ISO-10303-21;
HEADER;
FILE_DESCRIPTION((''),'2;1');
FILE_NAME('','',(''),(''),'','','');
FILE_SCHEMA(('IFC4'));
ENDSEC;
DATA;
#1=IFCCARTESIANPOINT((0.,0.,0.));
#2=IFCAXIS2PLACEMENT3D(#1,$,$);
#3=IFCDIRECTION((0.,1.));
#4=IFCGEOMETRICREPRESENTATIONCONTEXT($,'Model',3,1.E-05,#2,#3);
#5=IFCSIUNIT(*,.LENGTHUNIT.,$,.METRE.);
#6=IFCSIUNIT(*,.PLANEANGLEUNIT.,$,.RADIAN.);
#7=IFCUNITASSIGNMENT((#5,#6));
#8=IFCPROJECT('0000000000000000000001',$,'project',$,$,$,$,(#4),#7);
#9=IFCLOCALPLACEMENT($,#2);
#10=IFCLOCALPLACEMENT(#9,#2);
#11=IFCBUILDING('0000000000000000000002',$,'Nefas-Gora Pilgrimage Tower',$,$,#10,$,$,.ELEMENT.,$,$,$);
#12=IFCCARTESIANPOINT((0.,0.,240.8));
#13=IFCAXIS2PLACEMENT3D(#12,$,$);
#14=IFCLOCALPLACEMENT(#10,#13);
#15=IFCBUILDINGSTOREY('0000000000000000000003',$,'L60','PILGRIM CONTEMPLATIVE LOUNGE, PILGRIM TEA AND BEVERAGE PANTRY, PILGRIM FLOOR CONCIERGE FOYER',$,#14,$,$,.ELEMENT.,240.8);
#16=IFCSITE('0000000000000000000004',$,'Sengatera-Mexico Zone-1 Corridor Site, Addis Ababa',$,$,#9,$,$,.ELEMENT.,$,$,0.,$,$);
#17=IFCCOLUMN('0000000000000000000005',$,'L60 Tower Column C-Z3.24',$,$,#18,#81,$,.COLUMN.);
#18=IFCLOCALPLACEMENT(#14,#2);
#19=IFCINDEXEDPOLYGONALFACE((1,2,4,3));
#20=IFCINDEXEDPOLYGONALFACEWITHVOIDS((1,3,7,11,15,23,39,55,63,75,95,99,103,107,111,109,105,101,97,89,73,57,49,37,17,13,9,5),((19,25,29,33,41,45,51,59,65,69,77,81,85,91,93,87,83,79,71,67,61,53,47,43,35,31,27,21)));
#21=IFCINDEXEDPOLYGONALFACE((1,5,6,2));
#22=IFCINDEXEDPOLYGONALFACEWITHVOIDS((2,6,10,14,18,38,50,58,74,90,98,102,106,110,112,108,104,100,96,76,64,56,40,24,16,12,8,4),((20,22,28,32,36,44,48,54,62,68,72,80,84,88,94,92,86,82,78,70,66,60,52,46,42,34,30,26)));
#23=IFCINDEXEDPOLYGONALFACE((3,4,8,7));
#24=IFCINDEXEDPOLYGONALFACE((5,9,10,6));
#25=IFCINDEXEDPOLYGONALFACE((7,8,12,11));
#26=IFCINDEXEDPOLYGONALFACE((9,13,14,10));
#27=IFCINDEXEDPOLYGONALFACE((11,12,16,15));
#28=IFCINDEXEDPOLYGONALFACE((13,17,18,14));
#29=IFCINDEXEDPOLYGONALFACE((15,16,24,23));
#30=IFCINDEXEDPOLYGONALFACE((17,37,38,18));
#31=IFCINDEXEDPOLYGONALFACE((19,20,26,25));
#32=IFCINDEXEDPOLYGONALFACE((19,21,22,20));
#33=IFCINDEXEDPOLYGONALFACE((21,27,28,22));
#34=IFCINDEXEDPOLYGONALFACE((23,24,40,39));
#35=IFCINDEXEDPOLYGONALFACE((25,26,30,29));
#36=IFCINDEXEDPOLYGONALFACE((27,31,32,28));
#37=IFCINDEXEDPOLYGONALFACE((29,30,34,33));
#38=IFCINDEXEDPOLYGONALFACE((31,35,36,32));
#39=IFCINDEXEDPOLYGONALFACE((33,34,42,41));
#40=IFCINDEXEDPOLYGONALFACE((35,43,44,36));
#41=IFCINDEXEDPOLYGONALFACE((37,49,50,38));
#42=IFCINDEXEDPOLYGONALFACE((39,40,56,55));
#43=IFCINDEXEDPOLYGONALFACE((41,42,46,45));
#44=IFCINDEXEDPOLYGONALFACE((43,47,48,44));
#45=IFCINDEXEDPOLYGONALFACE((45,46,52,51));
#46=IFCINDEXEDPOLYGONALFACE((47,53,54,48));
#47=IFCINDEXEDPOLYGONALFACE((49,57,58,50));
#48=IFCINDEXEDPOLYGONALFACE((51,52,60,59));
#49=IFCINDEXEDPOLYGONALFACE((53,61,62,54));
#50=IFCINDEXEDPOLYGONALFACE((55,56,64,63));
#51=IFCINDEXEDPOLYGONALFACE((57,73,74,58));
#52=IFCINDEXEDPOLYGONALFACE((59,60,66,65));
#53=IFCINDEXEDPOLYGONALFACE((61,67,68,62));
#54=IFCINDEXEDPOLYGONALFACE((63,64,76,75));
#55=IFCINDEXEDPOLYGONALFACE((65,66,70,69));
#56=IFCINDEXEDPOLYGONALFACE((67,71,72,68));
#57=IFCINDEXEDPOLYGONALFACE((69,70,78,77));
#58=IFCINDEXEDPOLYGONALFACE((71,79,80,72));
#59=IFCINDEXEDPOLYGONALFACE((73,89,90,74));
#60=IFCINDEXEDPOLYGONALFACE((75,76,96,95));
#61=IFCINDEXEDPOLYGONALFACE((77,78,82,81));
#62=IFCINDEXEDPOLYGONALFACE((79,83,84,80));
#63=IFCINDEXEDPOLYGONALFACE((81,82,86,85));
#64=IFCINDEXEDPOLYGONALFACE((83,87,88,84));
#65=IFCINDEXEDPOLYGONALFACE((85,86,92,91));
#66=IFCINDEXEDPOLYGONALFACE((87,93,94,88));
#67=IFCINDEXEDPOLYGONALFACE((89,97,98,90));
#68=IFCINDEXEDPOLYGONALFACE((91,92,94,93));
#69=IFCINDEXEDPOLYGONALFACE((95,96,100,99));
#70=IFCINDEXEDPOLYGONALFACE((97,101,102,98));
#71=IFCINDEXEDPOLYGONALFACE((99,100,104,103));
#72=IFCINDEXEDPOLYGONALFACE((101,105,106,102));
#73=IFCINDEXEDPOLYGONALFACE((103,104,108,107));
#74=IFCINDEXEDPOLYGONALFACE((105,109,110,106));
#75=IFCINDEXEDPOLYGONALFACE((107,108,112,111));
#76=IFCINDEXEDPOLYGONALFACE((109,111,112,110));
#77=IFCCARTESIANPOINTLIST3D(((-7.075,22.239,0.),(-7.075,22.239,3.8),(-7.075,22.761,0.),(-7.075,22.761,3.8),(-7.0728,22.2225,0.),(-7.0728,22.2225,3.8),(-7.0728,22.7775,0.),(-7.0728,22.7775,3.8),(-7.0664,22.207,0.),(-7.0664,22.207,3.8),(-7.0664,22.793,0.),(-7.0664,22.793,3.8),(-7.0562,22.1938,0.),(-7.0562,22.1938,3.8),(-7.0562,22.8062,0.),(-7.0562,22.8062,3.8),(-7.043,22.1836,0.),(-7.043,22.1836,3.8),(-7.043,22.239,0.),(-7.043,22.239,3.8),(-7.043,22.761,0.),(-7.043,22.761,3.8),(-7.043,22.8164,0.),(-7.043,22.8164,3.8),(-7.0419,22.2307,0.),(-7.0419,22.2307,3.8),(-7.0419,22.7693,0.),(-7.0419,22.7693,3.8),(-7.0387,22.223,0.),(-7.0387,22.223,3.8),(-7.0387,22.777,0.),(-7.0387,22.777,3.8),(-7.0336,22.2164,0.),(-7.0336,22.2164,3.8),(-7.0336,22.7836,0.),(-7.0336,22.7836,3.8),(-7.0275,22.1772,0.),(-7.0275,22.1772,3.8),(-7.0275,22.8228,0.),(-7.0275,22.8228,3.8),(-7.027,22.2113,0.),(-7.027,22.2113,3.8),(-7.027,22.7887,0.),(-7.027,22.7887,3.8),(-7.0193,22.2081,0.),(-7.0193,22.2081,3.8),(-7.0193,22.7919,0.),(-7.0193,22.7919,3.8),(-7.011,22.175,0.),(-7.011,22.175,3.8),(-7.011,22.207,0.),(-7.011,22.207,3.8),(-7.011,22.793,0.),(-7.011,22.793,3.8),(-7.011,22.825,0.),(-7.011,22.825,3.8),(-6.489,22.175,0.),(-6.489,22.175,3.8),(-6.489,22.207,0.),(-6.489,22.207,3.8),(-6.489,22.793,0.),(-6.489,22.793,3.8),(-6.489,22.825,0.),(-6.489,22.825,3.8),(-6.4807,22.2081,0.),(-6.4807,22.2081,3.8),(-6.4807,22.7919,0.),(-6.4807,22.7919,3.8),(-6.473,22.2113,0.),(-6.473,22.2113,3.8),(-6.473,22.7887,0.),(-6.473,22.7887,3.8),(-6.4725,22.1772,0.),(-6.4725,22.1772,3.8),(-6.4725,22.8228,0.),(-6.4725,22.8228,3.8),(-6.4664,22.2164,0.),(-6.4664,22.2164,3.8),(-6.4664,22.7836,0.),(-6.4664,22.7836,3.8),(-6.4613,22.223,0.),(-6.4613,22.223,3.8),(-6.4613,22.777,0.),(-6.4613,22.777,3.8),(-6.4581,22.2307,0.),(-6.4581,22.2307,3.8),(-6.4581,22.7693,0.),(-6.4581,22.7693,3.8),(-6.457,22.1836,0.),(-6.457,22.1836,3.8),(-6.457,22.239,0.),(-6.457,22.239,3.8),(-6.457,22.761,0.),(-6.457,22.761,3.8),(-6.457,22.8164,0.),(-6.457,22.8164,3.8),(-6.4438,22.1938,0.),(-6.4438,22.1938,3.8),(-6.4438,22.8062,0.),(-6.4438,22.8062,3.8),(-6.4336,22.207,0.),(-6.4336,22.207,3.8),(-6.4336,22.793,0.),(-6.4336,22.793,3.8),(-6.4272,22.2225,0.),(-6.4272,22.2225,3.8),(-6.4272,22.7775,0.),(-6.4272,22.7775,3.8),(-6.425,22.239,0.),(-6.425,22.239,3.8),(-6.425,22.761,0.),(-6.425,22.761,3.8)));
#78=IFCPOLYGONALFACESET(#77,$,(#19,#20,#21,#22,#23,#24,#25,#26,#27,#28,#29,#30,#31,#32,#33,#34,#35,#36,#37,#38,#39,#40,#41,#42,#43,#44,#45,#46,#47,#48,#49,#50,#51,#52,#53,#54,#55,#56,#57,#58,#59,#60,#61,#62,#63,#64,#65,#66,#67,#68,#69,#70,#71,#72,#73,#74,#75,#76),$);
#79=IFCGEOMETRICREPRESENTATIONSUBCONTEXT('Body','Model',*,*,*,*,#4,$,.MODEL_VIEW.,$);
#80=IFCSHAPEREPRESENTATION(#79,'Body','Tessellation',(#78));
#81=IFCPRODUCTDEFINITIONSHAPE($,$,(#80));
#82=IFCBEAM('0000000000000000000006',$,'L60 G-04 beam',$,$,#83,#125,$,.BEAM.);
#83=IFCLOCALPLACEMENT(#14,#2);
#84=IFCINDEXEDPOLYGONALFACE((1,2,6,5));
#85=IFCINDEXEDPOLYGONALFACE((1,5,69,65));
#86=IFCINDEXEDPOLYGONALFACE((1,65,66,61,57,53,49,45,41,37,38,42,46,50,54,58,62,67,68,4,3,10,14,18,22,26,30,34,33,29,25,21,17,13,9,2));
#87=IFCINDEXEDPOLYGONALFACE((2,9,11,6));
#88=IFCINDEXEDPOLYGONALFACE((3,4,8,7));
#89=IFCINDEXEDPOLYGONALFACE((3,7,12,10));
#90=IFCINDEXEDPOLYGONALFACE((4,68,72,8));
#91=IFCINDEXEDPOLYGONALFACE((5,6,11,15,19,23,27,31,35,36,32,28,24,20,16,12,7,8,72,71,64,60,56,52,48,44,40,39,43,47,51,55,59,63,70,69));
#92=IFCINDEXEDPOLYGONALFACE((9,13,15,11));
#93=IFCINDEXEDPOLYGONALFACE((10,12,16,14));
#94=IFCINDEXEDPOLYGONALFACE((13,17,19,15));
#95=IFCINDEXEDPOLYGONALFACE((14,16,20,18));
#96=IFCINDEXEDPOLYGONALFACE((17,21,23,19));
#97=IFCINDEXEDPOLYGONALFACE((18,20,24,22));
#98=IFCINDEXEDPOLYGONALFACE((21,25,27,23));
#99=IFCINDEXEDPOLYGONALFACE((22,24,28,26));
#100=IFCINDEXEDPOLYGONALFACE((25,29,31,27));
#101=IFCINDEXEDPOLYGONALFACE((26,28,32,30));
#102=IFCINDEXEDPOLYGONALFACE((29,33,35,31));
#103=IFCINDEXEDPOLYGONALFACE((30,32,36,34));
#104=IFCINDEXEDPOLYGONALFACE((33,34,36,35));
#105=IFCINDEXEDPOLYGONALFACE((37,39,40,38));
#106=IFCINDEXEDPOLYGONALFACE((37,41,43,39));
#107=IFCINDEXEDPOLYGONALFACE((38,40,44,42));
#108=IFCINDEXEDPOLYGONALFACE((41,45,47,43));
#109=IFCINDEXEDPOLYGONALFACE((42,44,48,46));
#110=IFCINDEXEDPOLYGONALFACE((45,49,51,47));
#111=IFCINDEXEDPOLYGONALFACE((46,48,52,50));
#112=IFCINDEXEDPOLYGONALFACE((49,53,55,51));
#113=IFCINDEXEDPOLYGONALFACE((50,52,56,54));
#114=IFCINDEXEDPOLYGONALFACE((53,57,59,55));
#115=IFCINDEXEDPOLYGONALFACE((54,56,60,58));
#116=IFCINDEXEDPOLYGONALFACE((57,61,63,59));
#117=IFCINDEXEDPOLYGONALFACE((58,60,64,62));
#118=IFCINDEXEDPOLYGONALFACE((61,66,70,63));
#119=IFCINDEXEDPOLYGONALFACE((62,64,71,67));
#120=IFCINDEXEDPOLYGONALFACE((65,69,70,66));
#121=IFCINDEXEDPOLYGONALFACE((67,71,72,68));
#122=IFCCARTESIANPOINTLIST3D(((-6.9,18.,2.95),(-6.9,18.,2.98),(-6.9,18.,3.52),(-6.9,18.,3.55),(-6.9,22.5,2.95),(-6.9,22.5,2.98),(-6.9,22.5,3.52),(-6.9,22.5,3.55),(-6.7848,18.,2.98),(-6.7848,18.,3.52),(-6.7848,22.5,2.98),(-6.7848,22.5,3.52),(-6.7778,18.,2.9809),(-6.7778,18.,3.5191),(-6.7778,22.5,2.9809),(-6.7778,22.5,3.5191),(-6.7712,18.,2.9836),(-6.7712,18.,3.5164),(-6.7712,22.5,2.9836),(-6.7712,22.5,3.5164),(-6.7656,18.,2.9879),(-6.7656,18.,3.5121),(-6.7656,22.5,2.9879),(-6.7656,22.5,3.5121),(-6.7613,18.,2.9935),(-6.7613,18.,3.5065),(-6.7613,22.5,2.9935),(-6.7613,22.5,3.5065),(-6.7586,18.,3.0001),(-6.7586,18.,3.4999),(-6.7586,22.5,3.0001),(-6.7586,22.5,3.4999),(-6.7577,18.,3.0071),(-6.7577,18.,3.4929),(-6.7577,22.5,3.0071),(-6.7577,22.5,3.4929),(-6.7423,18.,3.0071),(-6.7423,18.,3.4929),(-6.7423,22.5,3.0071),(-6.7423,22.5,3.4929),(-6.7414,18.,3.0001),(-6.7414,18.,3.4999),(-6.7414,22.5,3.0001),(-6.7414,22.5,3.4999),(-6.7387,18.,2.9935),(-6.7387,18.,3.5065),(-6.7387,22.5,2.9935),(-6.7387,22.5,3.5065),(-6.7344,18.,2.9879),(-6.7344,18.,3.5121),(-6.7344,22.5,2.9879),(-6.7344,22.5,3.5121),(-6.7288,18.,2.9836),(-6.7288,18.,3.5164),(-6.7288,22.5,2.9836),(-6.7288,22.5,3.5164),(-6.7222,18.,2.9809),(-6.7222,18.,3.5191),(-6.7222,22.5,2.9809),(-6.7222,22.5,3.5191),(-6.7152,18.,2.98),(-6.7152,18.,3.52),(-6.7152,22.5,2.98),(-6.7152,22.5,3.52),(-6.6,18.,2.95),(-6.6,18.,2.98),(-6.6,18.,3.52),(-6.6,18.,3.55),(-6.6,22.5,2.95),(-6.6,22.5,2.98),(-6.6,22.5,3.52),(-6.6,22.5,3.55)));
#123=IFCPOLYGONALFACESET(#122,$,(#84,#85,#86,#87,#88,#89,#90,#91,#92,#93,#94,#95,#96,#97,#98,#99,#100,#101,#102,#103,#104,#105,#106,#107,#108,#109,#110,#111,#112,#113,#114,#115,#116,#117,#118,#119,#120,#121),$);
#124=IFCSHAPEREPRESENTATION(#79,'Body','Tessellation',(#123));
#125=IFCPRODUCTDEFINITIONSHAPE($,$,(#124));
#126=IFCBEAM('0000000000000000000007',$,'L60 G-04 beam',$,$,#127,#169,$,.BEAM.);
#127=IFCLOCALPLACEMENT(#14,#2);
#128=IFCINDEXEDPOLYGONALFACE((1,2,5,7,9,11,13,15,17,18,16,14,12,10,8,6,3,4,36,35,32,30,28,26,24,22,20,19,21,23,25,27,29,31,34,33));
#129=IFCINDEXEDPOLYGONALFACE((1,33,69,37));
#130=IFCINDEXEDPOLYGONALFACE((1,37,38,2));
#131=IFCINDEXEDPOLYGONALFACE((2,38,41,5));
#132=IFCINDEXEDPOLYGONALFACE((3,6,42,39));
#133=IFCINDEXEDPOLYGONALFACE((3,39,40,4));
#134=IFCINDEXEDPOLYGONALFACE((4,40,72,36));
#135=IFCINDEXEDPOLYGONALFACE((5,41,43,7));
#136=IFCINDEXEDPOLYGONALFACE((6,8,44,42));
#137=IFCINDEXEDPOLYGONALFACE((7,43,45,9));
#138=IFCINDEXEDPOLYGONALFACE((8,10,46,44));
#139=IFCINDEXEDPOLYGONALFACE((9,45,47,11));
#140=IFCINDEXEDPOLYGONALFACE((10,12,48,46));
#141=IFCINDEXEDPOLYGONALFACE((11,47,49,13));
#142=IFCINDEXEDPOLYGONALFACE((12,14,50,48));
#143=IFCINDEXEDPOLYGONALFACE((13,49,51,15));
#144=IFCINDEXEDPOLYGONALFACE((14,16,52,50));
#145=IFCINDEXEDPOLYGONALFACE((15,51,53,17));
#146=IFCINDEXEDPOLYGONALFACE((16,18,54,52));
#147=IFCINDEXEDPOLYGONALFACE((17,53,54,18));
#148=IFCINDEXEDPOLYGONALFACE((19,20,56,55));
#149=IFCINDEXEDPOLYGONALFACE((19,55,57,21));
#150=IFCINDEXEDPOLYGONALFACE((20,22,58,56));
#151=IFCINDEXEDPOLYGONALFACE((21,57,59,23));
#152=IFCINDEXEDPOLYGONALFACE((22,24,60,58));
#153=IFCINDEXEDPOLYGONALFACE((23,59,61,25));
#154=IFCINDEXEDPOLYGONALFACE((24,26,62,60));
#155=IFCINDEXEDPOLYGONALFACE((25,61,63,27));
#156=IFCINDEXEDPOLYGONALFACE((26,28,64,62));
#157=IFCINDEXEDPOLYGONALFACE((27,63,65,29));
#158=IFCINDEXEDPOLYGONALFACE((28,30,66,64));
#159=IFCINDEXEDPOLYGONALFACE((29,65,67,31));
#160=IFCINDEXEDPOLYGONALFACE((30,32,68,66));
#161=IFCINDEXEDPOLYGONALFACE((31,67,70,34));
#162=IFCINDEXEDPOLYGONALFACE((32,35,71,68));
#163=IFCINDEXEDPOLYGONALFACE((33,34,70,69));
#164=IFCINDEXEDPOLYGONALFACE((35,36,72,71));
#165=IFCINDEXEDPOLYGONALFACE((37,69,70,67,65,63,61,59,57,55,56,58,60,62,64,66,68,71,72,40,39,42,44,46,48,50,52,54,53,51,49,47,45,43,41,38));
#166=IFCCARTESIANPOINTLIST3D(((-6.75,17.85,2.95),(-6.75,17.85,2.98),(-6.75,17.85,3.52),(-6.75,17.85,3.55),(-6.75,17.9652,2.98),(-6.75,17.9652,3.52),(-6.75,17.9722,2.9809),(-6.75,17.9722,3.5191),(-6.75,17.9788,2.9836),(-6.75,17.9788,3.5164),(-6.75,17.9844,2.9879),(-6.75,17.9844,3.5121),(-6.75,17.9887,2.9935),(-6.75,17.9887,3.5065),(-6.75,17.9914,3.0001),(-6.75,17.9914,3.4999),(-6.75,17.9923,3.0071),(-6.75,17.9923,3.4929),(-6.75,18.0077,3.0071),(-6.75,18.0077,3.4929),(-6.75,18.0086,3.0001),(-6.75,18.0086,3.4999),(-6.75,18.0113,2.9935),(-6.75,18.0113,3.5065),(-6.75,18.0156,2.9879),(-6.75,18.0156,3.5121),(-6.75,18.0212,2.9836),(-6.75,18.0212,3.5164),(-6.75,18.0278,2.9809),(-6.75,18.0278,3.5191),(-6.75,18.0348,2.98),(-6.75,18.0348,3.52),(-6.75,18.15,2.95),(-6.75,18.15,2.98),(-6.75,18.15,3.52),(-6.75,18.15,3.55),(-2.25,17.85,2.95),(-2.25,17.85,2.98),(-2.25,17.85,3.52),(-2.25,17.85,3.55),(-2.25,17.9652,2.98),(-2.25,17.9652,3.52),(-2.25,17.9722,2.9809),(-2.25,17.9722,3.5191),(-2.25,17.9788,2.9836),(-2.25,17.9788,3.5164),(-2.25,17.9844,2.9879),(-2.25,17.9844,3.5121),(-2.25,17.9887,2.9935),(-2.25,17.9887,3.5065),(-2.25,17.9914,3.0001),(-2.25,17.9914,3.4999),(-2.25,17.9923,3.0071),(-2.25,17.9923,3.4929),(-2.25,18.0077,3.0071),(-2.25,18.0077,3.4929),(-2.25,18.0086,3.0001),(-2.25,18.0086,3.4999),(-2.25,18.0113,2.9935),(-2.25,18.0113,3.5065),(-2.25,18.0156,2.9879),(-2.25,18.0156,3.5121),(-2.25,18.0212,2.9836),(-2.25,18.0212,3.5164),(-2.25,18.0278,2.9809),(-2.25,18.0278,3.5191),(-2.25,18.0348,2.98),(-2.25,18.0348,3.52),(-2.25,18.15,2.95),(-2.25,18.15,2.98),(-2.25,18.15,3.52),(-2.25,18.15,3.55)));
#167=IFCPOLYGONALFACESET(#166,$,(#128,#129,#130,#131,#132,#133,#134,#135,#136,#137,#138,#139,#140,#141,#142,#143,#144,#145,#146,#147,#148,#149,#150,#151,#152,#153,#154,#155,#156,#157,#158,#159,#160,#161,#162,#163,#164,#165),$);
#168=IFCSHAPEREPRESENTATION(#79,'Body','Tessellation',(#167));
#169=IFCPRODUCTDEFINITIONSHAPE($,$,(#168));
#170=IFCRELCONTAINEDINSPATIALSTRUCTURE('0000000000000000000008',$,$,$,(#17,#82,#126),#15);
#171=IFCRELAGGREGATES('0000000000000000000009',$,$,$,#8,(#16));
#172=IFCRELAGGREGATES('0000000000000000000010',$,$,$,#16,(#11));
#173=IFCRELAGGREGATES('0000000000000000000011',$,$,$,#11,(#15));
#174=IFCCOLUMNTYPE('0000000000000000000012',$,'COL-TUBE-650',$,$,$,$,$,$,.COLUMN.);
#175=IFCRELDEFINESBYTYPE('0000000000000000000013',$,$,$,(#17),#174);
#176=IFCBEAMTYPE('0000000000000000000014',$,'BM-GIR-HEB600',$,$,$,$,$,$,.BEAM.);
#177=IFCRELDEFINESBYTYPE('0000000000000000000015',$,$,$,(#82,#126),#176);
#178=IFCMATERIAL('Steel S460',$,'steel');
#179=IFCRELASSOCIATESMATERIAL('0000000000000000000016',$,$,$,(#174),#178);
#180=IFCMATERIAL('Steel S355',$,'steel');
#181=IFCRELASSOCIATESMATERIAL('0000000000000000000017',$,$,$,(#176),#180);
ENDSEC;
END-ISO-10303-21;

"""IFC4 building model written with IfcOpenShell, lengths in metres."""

from ifc_helpers import new_model, si_unit, direction, frame, origin, origin_2d, place, context, subcontext, project, spatial, hollow_rectangle, i_section, extrude, source, transform, mapped, material, material_profile, profile_set, type_object, element, save


model = new_model("IFC4")

# Units and contexts
model_context = context("Model", 3, precision=1e-05, world=origin(), true_north=direction((0.0, 1.0)))
body_context = subcontext(model_context, "Body", "Model", "MODEL_VIEW")
ifc_project = project(units=[si_unit("LENGTHUNIT", "METRE"), si_unit("PLANEANGLEUNIT", "RADIAN")], contexts=[model_context])

# Site, building, storey
site_placement = place(None, origin())
site = spatial("IfcSite", under=ifc_project, at=site_placement, Name="Sengatera-Mexico Zone-1 Corridor Site, Addis Ababa", CompositionType="ELEMENT", RefElevation=0.0)
building_placement = place(site_placement, origin())
building = spatial("IfcBuilding", under=site, at=building_placement, Name="Nefas-Gora Pilgrimage Tower", CompositionType="ELEMENT")
storey_placement = place(building_placement, frame((0.0, 0.0, 240.8)))
storey = spatial("IfcBuildingStorey", under=building, at=storey_placement, Name="L60", Description="PILGRIM CONTEMPLATIVE LOUNGE, PILGRIM TEA AND BEVERAGE PANTRY, PILGRIM FLOOR CONCIERGE FOYER", CompositionType="ELEMENT", Elevation=240.8)

# Column
ifc_material_1 = material(Name="Steel S460", Category="steel")
ifc_material_profile_1 = material_profile(ifc_material_1, hollow_rectangle(XDim=0.6499, YDim=0.6499, WallThickness=0.032, InnerFilletRadius=0.032, OuterFilletRadius=0.064, at=origin_2d()), Name="BOX 650x650x32")
ifc_profile_set_1 = profile_set([ifc_material_profile_1], Name="Steel S460")
column_type_1 = type_object("IfcColumnType", Name="COL-TUBE-650", PredefinedType="COLUMN", material=ifc_profile_set_1)
shared_shape_1 = source(origin(), body_context, "Body", "SweptSolid", [
    extrude(hollow_rectangle(XDim=0.6499, YDim=0.6499, WallThickness=0.032, InnerFilletRadius=0.032, OuterFilletRadius=0.064, at=origin_2d()), origin(), (0.0, 0.0, 1.0), 3.8),
])
column_placement = place(storey_placement, frame((-6.75, 22.5, 0.0), z_axis=(0.0, 0.0, 1.0), x_axis=(1.0, 0.0, 0.0)))
element("IfcColumn", 1, at=column_placement, inside=storey, type_object=column_type_1, Name="L60 Tower Column C-Z3.24", PredefinedType="COLUMN", context=body_context, shape_type="MappedRepresentation", body=[
    mapped(shared_shape_1, transform((0.0, 0.0, 0.0), x_axis=(1.0, 0.0, 0.0), y_axis=(0.0, 1.0, 0.0), z_axis=(0.0, 0.0, 1.0), scale=1.0)),
])

# Beams
ifc_material_2 = material(Name="Steel S355", Category="steel")
ifc_material_profile_2 = material_profile(ifc_material_2, i_section(OverallWidth=0.3, OverallDepth=0.6001, WebThickness=0.0154, FlangeThickness=0.03, FilletRadius=0.0271, at=origin_2d()), Name="HEB 600")
ifc_profile_set_2 = profile_set([ifc_material_profile_2], Name="Steel S355")
beam_type = type_object("IfcBeamType", Name="BM-GIR-HEB600", PredefinedType="BEAM", material=ifc_profile_set_2)
shared_shape_2 = source(origin(), body_context, "Body", "SweptSolid", [
    extrude(i_section(OverallWidth=0.3, OverallDepth=0.6001, WebThickness=0.0154, FlangeThickness=0.03, FilletRadius=0.0271, at=origin_2d()), origin(), (0.0, 0.0, 1.0), 4.5),
])
for number, where, z_axis, x_axis, name in (
    (2, (-6.75, 18.0, 3.25), (0.0, 1.0, 0.0), (-1.0, 0.0, 0.0), "L60 G-04 beam"),
    (3, (-6.75, 18.0, 3.25), (1.0, 0.0, 0.0), (0.0, 1.0, 0.0), "L60 G-04 beam"),
):
    element("IfcBeam", number, at=place(storey_placement, frame(where, z_axis=z_axis, x_axis=x_axis)), inside=storey, type_object=beam_type, Name=name, PredefinedType="BEAM", context=body_context, shape_type="MappedRepresentation", body=[
        mapped(shared_shape_2, transform((0.0, 0.0, 0.0), x_axis=(1.0, 0.0, 0.0), y_axis=(0.0, 1.0, 0.0), z_axis=(0.0, 0.0, 1.0), scale=1.0)),
    ])

save(model, "model.ifc")
